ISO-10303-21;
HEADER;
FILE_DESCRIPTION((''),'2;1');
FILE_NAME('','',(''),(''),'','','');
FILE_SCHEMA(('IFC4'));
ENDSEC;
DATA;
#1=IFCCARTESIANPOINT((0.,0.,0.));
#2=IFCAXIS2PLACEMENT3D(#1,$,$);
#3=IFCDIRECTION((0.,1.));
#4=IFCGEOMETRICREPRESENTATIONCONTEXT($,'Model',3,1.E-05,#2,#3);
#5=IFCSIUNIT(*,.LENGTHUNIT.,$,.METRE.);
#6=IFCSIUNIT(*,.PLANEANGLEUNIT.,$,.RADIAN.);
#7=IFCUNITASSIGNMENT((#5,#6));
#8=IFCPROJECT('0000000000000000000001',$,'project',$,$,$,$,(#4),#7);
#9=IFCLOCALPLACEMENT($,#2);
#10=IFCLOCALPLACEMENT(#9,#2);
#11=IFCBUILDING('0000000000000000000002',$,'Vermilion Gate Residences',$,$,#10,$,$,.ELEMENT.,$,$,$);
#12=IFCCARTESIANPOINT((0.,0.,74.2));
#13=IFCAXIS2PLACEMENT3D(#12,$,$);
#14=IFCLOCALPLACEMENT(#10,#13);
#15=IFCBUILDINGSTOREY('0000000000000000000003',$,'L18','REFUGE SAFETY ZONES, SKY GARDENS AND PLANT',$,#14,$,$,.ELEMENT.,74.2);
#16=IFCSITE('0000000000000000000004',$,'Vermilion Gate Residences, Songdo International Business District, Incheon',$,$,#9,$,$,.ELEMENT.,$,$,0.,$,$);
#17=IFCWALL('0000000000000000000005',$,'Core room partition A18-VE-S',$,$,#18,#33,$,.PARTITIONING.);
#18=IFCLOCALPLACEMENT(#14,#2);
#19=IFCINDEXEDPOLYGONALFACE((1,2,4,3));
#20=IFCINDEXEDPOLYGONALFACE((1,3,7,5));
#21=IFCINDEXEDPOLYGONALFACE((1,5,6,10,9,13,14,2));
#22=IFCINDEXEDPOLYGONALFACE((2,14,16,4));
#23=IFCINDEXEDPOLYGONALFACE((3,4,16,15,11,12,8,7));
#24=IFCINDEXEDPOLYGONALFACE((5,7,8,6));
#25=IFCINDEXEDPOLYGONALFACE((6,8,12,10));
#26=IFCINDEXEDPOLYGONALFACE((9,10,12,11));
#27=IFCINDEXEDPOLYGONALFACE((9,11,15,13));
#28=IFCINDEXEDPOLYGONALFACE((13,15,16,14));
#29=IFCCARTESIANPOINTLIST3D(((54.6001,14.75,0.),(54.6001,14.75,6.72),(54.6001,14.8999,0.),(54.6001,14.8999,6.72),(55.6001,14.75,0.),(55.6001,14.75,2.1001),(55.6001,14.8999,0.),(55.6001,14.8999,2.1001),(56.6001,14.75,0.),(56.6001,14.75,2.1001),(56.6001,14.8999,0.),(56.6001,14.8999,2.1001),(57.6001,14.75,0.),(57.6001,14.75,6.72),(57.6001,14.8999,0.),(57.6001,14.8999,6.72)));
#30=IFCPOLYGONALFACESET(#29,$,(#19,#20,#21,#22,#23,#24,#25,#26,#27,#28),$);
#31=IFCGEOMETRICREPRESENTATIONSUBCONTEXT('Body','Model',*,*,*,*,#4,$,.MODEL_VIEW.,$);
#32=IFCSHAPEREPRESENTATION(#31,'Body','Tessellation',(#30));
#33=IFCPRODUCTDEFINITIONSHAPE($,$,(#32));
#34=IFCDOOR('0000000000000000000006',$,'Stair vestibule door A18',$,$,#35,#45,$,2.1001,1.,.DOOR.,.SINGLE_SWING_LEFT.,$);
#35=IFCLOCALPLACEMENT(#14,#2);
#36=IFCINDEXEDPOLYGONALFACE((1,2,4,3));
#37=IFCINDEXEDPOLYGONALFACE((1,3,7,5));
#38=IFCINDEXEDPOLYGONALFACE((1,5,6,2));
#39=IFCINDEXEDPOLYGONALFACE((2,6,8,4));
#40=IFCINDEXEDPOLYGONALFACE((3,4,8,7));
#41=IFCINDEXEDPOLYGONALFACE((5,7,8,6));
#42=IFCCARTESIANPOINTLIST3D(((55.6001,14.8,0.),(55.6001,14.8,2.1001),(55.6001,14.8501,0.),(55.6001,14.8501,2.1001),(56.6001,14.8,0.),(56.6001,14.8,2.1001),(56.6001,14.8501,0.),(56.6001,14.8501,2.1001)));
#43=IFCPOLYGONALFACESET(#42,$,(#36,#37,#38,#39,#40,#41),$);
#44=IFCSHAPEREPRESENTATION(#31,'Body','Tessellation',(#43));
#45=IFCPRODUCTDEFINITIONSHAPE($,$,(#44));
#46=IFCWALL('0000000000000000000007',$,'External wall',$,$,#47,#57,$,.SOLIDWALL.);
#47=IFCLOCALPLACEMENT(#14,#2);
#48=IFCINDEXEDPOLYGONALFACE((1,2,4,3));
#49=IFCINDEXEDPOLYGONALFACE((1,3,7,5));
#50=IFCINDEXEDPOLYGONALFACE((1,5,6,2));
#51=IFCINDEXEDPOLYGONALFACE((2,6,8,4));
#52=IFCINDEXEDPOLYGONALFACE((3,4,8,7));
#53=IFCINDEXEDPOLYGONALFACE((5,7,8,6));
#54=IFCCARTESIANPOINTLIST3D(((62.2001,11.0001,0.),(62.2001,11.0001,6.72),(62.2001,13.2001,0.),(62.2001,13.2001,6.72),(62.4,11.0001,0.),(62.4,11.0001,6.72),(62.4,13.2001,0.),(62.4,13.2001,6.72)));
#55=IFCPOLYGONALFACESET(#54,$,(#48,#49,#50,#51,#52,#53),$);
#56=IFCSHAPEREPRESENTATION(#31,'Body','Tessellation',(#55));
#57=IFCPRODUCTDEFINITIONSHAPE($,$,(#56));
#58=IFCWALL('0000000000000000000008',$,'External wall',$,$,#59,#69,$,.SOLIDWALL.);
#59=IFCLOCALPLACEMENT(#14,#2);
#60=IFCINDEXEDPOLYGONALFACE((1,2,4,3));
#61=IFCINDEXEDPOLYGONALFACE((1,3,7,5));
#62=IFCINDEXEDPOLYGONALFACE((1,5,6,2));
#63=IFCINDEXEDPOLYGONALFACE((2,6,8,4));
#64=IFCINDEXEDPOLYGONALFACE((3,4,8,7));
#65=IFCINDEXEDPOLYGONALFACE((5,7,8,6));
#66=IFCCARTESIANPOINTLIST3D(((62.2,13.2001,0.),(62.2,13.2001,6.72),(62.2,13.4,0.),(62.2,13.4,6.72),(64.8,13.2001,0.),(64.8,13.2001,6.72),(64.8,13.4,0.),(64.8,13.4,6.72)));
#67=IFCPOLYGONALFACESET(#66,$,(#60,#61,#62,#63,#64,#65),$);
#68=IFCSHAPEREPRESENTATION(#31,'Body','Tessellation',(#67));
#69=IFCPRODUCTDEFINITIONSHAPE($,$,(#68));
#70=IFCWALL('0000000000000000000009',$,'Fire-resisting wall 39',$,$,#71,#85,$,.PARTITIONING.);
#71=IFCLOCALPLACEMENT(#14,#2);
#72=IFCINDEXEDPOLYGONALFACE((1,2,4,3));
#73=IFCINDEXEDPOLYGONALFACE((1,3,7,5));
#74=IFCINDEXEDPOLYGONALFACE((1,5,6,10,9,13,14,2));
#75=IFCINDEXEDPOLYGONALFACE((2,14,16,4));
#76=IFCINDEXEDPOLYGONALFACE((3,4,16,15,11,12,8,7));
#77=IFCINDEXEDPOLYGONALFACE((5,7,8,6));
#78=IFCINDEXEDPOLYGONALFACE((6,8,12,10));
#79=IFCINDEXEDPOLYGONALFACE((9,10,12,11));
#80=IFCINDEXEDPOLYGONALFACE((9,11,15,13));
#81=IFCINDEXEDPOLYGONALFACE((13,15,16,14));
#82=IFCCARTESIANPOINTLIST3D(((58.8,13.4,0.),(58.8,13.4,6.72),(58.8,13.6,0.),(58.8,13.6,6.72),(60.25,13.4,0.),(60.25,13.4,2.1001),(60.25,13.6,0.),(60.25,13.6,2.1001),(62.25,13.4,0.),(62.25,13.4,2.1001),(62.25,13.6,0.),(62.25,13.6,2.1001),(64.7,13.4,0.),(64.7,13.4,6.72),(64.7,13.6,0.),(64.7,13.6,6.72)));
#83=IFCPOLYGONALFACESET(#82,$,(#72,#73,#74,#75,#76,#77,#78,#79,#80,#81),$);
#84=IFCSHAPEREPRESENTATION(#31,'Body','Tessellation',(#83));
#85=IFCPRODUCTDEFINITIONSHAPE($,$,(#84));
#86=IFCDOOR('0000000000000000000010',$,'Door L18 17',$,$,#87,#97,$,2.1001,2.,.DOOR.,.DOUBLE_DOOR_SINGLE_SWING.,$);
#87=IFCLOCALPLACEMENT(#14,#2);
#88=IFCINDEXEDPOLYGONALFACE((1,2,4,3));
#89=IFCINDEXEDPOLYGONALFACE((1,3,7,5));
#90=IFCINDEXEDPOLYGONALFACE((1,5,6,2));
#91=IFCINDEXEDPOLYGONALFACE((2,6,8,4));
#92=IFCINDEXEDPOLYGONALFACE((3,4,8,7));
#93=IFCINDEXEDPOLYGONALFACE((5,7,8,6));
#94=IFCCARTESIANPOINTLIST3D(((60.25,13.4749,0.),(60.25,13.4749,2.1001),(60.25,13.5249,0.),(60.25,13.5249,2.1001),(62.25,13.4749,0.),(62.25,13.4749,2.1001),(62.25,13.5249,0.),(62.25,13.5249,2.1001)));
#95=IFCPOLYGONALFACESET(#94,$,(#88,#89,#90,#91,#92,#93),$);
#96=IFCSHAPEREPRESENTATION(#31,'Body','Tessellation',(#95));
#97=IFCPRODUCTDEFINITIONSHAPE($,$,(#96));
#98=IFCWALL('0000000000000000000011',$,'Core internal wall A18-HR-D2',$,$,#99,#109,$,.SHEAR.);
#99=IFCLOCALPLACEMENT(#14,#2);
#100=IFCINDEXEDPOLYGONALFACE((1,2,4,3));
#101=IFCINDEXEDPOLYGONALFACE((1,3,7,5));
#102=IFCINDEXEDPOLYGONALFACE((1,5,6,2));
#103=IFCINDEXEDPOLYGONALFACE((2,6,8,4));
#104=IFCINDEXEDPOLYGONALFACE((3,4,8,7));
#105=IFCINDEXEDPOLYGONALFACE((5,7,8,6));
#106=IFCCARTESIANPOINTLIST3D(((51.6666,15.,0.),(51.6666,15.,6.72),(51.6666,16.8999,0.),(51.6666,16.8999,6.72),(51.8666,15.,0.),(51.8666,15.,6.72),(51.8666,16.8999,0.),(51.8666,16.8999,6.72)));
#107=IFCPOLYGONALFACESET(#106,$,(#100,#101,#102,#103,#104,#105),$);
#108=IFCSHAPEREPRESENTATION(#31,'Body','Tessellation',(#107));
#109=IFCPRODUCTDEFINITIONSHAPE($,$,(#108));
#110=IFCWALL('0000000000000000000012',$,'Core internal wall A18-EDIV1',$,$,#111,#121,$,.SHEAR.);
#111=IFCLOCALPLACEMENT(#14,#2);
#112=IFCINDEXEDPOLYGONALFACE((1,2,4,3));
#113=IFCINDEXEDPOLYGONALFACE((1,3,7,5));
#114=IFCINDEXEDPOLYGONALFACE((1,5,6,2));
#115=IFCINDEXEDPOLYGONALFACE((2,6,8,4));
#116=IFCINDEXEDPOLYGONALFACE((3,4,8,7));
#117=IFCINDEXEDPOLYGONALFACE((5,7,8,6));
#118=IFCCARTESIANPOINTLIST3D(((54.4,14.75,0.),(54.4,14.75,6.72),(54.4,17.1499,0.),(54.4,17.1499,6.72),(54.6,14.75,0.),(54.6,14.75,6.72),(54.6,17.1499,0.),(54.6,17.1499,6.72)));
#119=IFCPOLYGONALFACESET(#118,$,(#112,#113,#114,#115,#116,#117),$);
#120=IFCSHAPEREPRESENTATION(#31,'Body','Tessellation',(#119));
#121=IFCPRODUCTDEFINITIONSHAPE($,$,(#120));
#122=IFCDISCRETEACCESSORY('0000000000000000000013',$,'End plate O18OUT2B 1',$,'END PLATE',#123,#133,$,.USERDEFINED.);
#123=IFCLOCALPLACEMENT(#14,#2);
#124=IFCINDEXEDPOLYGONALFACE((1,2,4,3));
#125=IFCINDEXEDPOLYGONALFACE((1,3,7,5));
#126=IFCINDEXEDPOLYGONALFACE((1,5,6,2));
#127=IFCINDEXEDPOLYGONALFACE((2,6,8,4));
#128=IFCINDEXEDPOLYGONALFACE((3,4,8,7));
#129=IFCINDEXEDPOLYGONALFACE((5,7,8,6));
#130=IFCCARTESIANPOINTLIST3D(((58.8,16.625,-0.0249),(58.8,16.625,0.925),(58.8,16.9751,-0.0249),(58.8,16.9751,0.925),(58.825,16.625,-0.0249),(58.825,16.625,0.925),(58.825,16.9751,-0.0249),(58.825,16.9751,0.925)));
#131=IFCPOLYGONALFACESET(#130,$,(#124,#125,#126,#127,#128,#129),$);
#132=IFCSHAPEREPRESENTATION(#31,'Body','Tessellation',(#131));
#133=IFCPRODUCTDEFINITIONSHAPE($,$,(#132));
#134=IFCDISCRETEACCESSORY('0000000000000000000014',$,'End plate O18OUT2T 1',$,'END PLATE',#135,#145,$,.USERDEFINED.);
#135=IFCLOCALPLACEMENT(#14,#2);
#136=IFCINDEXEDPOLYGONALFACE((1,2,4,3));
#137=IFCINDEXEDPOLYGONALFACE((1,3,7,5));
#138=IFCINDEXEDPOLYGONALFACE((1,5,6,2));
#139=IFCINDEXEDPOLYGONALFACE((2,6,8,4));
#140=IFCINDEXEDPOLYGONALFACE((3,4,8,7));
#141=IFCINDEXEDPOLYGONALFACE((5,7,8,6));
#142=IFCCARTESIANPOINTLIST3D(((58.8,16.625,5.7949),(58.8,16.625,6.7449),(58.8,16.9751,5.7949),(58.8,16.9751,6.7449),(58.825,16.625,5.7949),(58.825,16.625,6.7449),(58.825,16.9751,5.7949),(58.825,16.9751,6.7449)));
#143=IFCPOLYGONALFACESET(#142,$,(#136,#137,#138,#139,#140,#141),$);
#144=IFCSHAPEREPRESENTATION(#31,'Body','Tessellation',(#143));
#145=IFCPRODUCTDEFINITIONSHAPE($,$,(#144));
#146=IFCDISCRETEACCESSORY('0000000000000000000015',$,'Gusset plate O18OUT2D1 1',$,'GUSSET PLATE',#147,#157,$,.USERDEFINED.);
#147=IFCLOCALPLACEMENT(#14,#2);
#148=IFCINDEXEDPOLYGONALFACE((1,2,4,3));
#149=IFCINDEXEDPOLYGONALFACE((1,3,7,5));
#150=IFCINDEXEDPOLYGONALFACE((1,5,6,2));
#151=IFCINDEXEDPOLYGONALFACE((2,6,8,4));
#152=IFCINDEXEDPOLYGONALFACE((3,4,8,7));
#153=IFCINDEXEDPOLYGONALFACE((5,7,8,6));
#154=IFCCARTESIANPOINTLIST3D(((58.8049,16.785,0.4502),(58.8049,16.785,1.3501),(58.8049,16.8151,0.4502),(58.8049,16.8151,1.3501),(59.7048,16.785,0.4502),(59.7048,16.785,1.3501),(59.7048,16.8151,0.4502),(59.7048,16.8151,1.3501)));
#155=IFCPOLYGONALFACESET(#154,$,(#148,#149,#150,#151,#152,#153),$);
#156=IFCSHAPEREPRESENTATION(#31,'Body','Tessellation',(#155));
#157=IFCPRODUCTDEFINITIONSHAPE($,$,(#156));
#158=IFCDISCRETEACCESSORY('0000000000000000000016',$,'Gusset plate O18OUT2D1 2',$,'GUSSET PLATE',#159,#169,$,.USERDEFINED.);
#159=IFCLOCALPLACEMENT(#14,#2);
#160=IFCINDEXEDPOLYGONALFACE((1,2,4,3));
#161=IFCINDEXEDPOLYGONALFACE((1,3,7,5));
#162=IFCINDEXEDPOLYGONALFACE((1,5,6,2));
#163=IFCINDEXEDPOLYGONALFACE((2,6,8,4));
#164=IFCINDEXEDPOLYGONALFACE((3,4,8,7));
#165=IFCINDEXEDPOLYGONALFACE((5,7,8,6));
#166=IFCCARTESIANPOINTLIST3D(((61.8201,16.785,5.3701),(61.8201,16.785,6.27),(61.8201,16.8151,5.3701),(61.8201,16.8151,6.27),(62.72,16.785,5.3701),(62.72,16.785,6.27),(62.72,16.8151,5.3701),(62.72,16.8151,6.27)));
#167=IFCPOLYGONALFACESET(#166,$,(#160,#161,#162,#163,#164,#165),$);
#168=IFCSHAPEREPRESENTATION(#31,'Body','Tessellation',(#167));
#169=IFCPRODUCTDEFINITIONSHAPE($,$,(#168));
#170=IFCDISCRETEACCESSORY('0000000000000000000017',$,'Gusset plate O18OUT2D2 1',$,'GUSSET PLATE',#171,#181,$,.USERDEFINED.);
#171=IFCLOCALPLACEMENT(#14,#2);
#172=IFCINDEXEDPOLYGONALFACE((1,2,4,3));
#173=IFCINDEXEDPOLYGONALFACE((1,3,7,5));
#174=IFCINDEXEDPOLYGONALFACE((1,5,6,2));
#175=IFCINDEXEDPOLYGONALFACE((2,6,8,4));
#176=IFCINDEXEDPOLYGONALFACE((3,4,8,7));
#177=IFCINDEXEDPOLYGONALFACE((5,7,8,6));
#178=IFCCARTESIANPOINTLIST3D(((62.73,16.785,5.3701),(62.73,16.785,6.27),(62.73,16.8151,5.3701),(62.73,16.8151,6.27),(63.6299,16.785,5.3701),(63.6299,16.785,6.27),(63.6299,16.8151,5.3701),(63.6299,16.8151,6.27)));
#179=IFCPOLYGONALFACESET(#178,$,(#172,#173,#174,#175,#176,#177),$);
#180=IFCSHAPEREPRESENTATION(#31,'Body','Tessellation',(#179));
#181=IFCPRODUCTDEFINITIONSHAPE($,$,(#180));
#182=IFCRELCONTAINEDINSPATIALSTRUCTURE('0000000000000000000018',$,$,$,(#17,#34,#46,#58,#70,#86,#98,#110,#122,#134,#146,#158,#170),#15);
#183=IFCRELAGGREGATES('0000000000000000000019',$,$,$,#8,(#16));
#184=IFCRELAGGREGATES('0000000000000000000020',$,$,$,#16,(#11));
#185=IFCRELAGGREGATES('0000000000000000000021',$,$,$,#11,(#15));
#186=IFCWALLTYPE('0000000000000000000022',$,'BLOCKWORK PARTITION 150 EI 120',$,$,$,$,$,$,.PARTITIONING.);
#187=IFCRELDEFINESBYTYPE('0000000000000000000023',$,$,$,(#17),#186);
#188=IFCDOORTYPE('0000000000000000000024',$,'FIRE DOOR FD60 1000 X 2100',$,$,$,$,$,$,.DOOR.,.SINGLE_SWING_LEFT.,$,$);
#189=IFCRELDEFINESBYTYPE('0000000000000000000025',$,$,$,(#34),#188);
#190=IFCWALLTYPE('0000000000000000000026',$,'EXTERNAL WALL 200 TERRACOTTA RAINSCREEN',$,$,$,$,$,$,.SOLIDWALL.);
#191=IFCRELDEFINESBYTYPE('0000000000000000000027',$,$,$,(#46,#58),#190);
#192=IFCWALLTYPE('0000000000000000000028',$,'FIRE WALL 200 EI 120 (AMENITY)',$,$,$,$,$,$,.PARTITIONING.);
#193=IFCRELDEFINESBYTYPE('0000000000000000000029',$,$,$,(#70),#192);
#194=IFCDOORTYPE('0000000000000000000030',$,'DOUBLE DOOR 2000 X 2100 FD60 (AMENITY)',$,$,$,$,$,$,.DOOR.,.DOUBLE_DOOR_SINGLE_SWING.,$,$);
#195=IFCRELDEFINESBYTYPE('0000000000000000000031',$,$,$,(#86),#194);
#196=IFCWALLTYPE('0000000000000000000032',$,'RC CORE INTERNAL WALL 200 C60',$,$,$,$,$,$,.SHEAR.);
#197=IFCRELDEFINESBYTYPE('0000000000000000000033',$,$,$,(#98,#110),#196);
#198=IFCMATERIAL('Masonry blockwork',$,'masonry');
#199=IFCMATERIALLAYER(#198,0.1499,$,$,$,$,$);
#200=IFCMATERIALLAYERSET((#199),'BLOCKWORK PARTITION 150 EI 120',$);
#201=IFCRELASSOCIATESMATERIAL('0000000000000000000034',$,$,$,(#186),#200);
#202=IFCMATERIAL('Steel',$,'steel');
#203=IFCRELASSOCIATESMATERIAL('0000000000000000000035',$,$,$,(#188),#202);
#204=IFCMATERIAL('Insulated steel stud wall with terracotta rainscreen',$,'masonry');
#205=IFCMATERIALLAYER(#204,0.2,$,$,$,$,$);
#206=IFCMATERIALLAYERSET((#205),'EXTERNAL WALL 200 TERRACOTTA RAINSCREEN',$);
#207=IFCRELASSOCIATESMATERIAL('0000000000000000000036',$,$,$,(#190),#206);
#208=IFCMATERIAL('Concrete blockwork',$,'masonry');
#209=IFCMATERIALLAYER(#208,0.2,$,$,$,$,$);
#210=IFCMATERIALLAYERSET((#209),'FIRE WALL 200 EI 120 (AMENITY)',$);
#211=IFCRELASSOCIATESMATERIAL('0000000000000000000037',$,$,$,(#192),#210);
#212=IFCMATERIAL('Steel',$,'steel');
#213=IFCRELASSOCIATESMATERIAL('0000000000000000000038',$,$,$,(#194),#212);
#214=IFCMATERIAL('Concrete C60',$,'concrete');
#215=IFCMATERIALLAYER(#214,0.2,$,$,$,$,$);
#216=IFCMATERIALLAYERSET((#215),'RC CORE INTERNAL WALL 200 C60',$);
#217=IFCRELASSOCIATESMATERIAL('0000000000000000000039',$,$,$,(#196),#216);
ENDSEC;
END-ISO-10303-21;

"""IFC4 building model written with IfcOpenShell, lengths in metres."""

from ifc_helpers import new_model, si_unit, direction, frame, frame_2d, origin, origin_2d, place, context, subcontext, project, spatial, rectangle, extrude, material, layer, layer_set, type_object, element, fill, save


model = new_model("IFC4")

# Units and contexts
model_context = context("Model", 3, precision=1e-05, world=origin(), true_north=direction((0.0, 1.0)))
body_context = subcontext(model_context, "Body", "Model", "MODEL_VIEW")
ifc_project = project(units=[si_unit("LENGTHUNIT", "METRE"), si_unit("PLANEANGLEUNIT", "RADIAN")], contexts=[model_context])

# Site, building, storey
site_placement = place(None, origin())
site = spatial("IfcSite", under=ifc_project, at=site_placement, Name="Vermilion Gate Residences, Songdo International Business District, Incheon", CompositionType="ELEMENT", RefElevation=0.0)
building_placement = place(site_placement, origin())
building = spatial("IfcBuilding", under=site, at=building_placement, Name="Vermilion Gate Residences", CompositionType="ELEMENT")
storey_placement = place(building_placement, frame((0.0, 0.0, 74.2)))
storey = spatial("IfcBuildingStorey", under=building, at=storey_placement, Name="L18", Description="REFUGE SAFETY ZONES, SKY GARDENS AND PLANT", CompositionType="ELEMENT", Elevation=74.2)

# Wall, opening, door
ifc_material_1 = material(Name="Masonry blockwork", Category="masonry")
ifc_layer_1 = layer(ifc_material_1, 0.1499)
ifc_layer_set_1 = layer_set([ifc_layer_1], Name="BLOCKWORK PARTITION 150 EI 120")
wall_type_1 = type_object("IfcWallType", Name="BLOCKWORK PARTITION 150 EI 120", PredefinedType="PARTITIONING", material=ifc_layer_set_1)
wall_1_placement = place(storey_placement, frame((54.6001, 14.825, 0.0), z_axis=(0.0, 0.0, 1.0), x_axis=(1.0, 0.0, 0.0)))
wall_1 = element("IfcWall", 1, at=wall_1_placement, inside=storey, type_object=wall_type_1, Name="Core room partition A18-VE-S", PredefinedType="PARTITIONING", context=body_context, shape_type="SweptSolid", body=[
    extrude(rectangle(XDim=3.0, YDim=0.1499, at=frame_2d((1.5, 0.0))), origin(), (0.0, 0.0, 1.0), 6.72),
])
opening_1_placement = place(wall_1_placement, frame((1.0, 0.0, 0.0)))
opening_1 = element("IfcOpeningElement", 2, at=opening_1_placement, cuts=wall_1, PredefinedType="OPENING", context=body_context, shape_type="SweptSolid", body=[
    extrude(rectangle(XDim=1.0, YDim=2.1001, at=frame_2d((0.5, 1.05))), frame((0.0, 0.085, 0.0), z_axis=(0.0, -1.0, 0.0), x_axis=(1.0, 0.0, 0.0)), (0.0, 0.0, 1.0), 0.1699),
])
ifc_material_2 = material(Name="Steel", Category="steel")
door_type_1 = type_object("IfcDoorType", Name="FIRE DOOR FD60 1000 X 2100", OperationType="SINGLE_SWING_LEFT", PredefinedType="DOOR", material=ifc_material_2)
door_1_placement = place(opening_1_placement, frame((1.0, 0.0, 0.0), z_axis=(0.0, 0.0, 1.0), x_axis=(-1.0, 0.0, 0.0)))
door_1 = element("IfcDoor", 3, at=door_1_placement, inside=storey, type_object=door_type_1, Name="Stair vestibule door A18", OperationType="SINGLE_SWING_LEFT", OverallHeight=2.1001, OverallWidth=1.0, PredefinedType="DOOR", context=body_context, shape_type="SweptSolid", body=[
    extrude(rectangle(XDim=1.0, YDim=2.1001, at=frame_2d((0.5, 1.05))), frame((0.0, 0.0249, 0.0), z_axis=(0.0, -1.0, 0.0), x_axis=(1.0, 0.0, 0.0)), (0.0, 0.0, 1.0), 0.05),
])
fill(opening_1, door_1)

# Walls
ifc_material_3 = material(Name="Insulated steel stud wall with terracotta rainscreen", Category="masonry")
ifc_layer_2 = layer(ifc_material_3, 0.2)
ifc_layer_set_2 = layer_set([ifc_layer_2], Name="EXTERNAL WALL 200 TERRACOTTA RAINSCREEN")
wall_type_2 = type_object("IfcWallType", Name="EXTERNAL WALL 200 TERRACOTTA RAINSCREEN", PredefinedType="SOLIDWALL", material=ifc_layer_set_2)
wall_2_placement = place(storey_placement, frame((62.3, 11.0, 0.0), z_axis=(0.0, 0.0, 1.0), x_axis=(0.0, 1.0, 0.0)))
element("IfcWall", 4, at=wall_2_placement, inside=storey, type_object=wall_type_2, Name="External wall", PredefinedType="SOLIDWALL", context=body_context, shape_type="SweptSolid", body=[
    extrude(rectangle(XDim=2.2, YDim=0.2, at=frame_2d((1.1001, 0.0))), origin(), (0.0, 0.0, 1.0), 6.72),
])
wall_3_placement = place(storey_placement, frame((62.2, 13.3, 0.0), z_axis=(0.0, 0.0, 1.0), x_axis=(1.0, 0.0, 0.0)))
element("IfcWall", 5, at=wall_3_placement, inside=storey, type_object=wall_type_2, Name="External wall", PredefinedType="SOLIDWALL", context=body_context, shape_type="SweptSolid", body=[
    extrude(rectangle(XDim=2.6001, YDim=0.2, at=frame_2d((1.3, 0.0))), origin(), (0.0, 0.0, 1.0), 6.72),
])

# Wall, opening, door
ifc_material_4 = material(Name="Concrete blockwork", Category="masonry")
ifc_layer_3 = layer(ifc_material_4, 0.2)
ifc_layer_set_3 = layer_set([ifc_layer_3], Name="FIRE WALL 200 EI 120 (AMENITY)")
wall_type_3 = type_object("IfcWallType", Name="FIRE WALL 200 EI 120 (AMENITY)", PredefinedType="PARTITIONING", material=ifc_layer_set_3)
wall_4_placement = place(storey_placement, frame((58.8, 13.5, 0.0), z_axis=(0.0, 0.0, 1.0), x_axis=(1.0, 0.0, 0.0)))
wall_4 = element("IfcWall", 6, at=wall_4_placement, inside=storey, type_object=wall_type_3, Name="Fire-resisting wall 39", PredefinedType="PARTITIONING", context=body_context, shape_type="SweptSolid", body=[
    extrude(rectangle(XDim=5.8999, YDim=0.2, at=frame_2d((2.95, 0.0))), origin(), (0.0, 0.0, 1.0), 6.72),
])
opening_2_placement = place(wall_4_placement, frame((1.45, 0.0, 0.0)))
opening_2 = element("IfcOpeningElement", 7, at=opening_2_placement, cuts=wall_4, PredefinedType="OPENING", context=body_context, shape_type="SweptSolid", body=[
    extrude(rectangle(XDim=2.0, YDim=2.1001, at=frame_2d((1.0, 1.05))), frame((0.0, 0.1099, 0.0), z_axis=(0.0, -1.0, 0.0), x_axis=(1.0, 0.0, 0.0)), (0.0, 0.0, 1.0), 0.22),
])
ifc_material_5 = material(Name="Steel", Category="steel")
door_type_2 = type_object("IfcDoorType", Name="DOUBLE DOOR 2000 X 2100 FD60 (AMENITY)", OperationType="DOUBLE_DOOR_SINGLE_SWING", PredefinedType="DOOR", material=ifc_material_5)
door_2_placement = place(opening_2_placement, origin())
door_2 = element("IfcDoor", 8, at=door_2_placement, inside=storey, type_object=door_type_2, Name="Door L18 17", OperationType="DOUBLE_DOOR_SINGLE_SWING", OverallHeight=2.1001, OverallWidth=2.0, PredefinedType="DOOR", context=body_context, shape_type="SweptSolid", body=[
    extrude(rectangle(XDim=2.0, YDim=2.1001, at=frame_2d((1.0, 1.05))), frame((0.0, 0.0249, 0.0), z_axis=(0.0, -1.0, 0.0), x_axis=(1.0, 0.0, 0.0)), (0.0, 0.0, 1.0), 0.05),
])
fill(opening_2, door_2)

# Walls
ifc_material_6 = material(Name="Concrete C60", Category="concrete")
ifc_layer_4 = layer(ifc_material_6, 0.2)
ifc_layer_set_4 = layer_set([ifc_layer_4], Name="RC CORE INTERNAL WALL 200 C60")
wall_type_4 = type_object("IfcWallType", Name="RC CORE INTERNAL WALL 200 C60", PredefinedType="SHEAR", material=ifc_layer_set_4)
wall_5_placement = place(storey_placement, frame((51.7666, 15.0, 0.0), z_axis=(0.0, 0.0, 1.0), x_axis=(0.0, 1.0, 0.0)))
element("IfcWall", 9, at=wall_5_placement, inside=storey, type_object=wall_type_4, Name="Core internal wall A18-HR-D2", PredefinedType="SHEAR", context=body_context, shape_type="SweptSolid", body=[
    extrude(rectangle(XDim=1.8999, YDim=0.2, at=frame_2d((0.95, 0.0))), origin(), (0.0, 0.0, 1.0), 6.72),
])
wall_6_placement = place(storey_placement, frame((54.5, 14.75, 0.0), z_axis=(0.0, 0.0, 1.0), x_axis=(0.0, 1.0, 0.0)))
element("IfcWall", 10, at=wall_6_placement, inside=storey, type_object=wall_type_4, Name="Core internal wall A18-EDIV1", PredefinedType="SHEAR", context=body_context, shape_type="SweptSolid", body=[
    extrude(rectangle(XDim=2.3999, YDim=0.2, at=frame_2d((1.2, 0.0))), origin(), (0.0, 0.0, 1.0), 6.72),
])

# Discrete accessories
for number, where, z_axis, x_axis, name in (
    (11, (58.8125, 16.8, -0.0249), (0.0, 0.0, 1.0), (1.0, 0.0, 0.0), "End plate O18OUT2B 1"),
    (12, (58.8125, 16.8, 5.7949), (0.0, 0.0, 1.0), (1.0, 0.0, 0.0), "End plate O18OUT2T 1"),
):
    element("IfcDiscreteAccessory", number, at=place(storey_placement, frame(where, z_axis=z_axis, x_axis=x_axis)), inside=storey, Name=name, ObjectType="END PLATE", PredefinedType="USERDEFINED", context=body_context, shape_type="SweptSolid", body=[
        extrude(rectangle(XDim=0.0249, YDim=0.3501, at=origin_2d()), origin(), (0.0, 0.0, 1.0), 0.95),
    ])
for number, where, z_axis, x_axis, name in (
    (13, (59.2549, 16.8, 0.4502), (0.0, 0.0, 1.0), (1.0, 0.0, 0.0), "Gusset plate O18OUT2D1 1"),
    (14, (62.27, 16.8, 5.3701), (0.0, 0.0, 1.0), (1.0, 0.0, 0.0), "Gusset plate O18OUT2D1 2"),
    (15, (63.1799, 16.8, 5.3701), (0.0, 0.0, 1.0), (1.0, 0.0, 0.0), "Gusset plate O18OUT2D2 1"),
):
    element("IfcDiscreteAccessory", number, at=place(storey_placement, frame(where, z_axis=z_axis, x_axis=x_axis)), inside=storey, Name=name, ObjectType="GUSSET PLATE", PredefinedType="USERDEFINED", context=body_context, shape_type="SweptSolid", body=[
        extrude(rectangle(XDim=0.8999, YDim=0.03, at=origin_2d()), origin(), (0.0, 0.0, 1.0), 0.8999),
    ])

save(model, "model.ifc")
